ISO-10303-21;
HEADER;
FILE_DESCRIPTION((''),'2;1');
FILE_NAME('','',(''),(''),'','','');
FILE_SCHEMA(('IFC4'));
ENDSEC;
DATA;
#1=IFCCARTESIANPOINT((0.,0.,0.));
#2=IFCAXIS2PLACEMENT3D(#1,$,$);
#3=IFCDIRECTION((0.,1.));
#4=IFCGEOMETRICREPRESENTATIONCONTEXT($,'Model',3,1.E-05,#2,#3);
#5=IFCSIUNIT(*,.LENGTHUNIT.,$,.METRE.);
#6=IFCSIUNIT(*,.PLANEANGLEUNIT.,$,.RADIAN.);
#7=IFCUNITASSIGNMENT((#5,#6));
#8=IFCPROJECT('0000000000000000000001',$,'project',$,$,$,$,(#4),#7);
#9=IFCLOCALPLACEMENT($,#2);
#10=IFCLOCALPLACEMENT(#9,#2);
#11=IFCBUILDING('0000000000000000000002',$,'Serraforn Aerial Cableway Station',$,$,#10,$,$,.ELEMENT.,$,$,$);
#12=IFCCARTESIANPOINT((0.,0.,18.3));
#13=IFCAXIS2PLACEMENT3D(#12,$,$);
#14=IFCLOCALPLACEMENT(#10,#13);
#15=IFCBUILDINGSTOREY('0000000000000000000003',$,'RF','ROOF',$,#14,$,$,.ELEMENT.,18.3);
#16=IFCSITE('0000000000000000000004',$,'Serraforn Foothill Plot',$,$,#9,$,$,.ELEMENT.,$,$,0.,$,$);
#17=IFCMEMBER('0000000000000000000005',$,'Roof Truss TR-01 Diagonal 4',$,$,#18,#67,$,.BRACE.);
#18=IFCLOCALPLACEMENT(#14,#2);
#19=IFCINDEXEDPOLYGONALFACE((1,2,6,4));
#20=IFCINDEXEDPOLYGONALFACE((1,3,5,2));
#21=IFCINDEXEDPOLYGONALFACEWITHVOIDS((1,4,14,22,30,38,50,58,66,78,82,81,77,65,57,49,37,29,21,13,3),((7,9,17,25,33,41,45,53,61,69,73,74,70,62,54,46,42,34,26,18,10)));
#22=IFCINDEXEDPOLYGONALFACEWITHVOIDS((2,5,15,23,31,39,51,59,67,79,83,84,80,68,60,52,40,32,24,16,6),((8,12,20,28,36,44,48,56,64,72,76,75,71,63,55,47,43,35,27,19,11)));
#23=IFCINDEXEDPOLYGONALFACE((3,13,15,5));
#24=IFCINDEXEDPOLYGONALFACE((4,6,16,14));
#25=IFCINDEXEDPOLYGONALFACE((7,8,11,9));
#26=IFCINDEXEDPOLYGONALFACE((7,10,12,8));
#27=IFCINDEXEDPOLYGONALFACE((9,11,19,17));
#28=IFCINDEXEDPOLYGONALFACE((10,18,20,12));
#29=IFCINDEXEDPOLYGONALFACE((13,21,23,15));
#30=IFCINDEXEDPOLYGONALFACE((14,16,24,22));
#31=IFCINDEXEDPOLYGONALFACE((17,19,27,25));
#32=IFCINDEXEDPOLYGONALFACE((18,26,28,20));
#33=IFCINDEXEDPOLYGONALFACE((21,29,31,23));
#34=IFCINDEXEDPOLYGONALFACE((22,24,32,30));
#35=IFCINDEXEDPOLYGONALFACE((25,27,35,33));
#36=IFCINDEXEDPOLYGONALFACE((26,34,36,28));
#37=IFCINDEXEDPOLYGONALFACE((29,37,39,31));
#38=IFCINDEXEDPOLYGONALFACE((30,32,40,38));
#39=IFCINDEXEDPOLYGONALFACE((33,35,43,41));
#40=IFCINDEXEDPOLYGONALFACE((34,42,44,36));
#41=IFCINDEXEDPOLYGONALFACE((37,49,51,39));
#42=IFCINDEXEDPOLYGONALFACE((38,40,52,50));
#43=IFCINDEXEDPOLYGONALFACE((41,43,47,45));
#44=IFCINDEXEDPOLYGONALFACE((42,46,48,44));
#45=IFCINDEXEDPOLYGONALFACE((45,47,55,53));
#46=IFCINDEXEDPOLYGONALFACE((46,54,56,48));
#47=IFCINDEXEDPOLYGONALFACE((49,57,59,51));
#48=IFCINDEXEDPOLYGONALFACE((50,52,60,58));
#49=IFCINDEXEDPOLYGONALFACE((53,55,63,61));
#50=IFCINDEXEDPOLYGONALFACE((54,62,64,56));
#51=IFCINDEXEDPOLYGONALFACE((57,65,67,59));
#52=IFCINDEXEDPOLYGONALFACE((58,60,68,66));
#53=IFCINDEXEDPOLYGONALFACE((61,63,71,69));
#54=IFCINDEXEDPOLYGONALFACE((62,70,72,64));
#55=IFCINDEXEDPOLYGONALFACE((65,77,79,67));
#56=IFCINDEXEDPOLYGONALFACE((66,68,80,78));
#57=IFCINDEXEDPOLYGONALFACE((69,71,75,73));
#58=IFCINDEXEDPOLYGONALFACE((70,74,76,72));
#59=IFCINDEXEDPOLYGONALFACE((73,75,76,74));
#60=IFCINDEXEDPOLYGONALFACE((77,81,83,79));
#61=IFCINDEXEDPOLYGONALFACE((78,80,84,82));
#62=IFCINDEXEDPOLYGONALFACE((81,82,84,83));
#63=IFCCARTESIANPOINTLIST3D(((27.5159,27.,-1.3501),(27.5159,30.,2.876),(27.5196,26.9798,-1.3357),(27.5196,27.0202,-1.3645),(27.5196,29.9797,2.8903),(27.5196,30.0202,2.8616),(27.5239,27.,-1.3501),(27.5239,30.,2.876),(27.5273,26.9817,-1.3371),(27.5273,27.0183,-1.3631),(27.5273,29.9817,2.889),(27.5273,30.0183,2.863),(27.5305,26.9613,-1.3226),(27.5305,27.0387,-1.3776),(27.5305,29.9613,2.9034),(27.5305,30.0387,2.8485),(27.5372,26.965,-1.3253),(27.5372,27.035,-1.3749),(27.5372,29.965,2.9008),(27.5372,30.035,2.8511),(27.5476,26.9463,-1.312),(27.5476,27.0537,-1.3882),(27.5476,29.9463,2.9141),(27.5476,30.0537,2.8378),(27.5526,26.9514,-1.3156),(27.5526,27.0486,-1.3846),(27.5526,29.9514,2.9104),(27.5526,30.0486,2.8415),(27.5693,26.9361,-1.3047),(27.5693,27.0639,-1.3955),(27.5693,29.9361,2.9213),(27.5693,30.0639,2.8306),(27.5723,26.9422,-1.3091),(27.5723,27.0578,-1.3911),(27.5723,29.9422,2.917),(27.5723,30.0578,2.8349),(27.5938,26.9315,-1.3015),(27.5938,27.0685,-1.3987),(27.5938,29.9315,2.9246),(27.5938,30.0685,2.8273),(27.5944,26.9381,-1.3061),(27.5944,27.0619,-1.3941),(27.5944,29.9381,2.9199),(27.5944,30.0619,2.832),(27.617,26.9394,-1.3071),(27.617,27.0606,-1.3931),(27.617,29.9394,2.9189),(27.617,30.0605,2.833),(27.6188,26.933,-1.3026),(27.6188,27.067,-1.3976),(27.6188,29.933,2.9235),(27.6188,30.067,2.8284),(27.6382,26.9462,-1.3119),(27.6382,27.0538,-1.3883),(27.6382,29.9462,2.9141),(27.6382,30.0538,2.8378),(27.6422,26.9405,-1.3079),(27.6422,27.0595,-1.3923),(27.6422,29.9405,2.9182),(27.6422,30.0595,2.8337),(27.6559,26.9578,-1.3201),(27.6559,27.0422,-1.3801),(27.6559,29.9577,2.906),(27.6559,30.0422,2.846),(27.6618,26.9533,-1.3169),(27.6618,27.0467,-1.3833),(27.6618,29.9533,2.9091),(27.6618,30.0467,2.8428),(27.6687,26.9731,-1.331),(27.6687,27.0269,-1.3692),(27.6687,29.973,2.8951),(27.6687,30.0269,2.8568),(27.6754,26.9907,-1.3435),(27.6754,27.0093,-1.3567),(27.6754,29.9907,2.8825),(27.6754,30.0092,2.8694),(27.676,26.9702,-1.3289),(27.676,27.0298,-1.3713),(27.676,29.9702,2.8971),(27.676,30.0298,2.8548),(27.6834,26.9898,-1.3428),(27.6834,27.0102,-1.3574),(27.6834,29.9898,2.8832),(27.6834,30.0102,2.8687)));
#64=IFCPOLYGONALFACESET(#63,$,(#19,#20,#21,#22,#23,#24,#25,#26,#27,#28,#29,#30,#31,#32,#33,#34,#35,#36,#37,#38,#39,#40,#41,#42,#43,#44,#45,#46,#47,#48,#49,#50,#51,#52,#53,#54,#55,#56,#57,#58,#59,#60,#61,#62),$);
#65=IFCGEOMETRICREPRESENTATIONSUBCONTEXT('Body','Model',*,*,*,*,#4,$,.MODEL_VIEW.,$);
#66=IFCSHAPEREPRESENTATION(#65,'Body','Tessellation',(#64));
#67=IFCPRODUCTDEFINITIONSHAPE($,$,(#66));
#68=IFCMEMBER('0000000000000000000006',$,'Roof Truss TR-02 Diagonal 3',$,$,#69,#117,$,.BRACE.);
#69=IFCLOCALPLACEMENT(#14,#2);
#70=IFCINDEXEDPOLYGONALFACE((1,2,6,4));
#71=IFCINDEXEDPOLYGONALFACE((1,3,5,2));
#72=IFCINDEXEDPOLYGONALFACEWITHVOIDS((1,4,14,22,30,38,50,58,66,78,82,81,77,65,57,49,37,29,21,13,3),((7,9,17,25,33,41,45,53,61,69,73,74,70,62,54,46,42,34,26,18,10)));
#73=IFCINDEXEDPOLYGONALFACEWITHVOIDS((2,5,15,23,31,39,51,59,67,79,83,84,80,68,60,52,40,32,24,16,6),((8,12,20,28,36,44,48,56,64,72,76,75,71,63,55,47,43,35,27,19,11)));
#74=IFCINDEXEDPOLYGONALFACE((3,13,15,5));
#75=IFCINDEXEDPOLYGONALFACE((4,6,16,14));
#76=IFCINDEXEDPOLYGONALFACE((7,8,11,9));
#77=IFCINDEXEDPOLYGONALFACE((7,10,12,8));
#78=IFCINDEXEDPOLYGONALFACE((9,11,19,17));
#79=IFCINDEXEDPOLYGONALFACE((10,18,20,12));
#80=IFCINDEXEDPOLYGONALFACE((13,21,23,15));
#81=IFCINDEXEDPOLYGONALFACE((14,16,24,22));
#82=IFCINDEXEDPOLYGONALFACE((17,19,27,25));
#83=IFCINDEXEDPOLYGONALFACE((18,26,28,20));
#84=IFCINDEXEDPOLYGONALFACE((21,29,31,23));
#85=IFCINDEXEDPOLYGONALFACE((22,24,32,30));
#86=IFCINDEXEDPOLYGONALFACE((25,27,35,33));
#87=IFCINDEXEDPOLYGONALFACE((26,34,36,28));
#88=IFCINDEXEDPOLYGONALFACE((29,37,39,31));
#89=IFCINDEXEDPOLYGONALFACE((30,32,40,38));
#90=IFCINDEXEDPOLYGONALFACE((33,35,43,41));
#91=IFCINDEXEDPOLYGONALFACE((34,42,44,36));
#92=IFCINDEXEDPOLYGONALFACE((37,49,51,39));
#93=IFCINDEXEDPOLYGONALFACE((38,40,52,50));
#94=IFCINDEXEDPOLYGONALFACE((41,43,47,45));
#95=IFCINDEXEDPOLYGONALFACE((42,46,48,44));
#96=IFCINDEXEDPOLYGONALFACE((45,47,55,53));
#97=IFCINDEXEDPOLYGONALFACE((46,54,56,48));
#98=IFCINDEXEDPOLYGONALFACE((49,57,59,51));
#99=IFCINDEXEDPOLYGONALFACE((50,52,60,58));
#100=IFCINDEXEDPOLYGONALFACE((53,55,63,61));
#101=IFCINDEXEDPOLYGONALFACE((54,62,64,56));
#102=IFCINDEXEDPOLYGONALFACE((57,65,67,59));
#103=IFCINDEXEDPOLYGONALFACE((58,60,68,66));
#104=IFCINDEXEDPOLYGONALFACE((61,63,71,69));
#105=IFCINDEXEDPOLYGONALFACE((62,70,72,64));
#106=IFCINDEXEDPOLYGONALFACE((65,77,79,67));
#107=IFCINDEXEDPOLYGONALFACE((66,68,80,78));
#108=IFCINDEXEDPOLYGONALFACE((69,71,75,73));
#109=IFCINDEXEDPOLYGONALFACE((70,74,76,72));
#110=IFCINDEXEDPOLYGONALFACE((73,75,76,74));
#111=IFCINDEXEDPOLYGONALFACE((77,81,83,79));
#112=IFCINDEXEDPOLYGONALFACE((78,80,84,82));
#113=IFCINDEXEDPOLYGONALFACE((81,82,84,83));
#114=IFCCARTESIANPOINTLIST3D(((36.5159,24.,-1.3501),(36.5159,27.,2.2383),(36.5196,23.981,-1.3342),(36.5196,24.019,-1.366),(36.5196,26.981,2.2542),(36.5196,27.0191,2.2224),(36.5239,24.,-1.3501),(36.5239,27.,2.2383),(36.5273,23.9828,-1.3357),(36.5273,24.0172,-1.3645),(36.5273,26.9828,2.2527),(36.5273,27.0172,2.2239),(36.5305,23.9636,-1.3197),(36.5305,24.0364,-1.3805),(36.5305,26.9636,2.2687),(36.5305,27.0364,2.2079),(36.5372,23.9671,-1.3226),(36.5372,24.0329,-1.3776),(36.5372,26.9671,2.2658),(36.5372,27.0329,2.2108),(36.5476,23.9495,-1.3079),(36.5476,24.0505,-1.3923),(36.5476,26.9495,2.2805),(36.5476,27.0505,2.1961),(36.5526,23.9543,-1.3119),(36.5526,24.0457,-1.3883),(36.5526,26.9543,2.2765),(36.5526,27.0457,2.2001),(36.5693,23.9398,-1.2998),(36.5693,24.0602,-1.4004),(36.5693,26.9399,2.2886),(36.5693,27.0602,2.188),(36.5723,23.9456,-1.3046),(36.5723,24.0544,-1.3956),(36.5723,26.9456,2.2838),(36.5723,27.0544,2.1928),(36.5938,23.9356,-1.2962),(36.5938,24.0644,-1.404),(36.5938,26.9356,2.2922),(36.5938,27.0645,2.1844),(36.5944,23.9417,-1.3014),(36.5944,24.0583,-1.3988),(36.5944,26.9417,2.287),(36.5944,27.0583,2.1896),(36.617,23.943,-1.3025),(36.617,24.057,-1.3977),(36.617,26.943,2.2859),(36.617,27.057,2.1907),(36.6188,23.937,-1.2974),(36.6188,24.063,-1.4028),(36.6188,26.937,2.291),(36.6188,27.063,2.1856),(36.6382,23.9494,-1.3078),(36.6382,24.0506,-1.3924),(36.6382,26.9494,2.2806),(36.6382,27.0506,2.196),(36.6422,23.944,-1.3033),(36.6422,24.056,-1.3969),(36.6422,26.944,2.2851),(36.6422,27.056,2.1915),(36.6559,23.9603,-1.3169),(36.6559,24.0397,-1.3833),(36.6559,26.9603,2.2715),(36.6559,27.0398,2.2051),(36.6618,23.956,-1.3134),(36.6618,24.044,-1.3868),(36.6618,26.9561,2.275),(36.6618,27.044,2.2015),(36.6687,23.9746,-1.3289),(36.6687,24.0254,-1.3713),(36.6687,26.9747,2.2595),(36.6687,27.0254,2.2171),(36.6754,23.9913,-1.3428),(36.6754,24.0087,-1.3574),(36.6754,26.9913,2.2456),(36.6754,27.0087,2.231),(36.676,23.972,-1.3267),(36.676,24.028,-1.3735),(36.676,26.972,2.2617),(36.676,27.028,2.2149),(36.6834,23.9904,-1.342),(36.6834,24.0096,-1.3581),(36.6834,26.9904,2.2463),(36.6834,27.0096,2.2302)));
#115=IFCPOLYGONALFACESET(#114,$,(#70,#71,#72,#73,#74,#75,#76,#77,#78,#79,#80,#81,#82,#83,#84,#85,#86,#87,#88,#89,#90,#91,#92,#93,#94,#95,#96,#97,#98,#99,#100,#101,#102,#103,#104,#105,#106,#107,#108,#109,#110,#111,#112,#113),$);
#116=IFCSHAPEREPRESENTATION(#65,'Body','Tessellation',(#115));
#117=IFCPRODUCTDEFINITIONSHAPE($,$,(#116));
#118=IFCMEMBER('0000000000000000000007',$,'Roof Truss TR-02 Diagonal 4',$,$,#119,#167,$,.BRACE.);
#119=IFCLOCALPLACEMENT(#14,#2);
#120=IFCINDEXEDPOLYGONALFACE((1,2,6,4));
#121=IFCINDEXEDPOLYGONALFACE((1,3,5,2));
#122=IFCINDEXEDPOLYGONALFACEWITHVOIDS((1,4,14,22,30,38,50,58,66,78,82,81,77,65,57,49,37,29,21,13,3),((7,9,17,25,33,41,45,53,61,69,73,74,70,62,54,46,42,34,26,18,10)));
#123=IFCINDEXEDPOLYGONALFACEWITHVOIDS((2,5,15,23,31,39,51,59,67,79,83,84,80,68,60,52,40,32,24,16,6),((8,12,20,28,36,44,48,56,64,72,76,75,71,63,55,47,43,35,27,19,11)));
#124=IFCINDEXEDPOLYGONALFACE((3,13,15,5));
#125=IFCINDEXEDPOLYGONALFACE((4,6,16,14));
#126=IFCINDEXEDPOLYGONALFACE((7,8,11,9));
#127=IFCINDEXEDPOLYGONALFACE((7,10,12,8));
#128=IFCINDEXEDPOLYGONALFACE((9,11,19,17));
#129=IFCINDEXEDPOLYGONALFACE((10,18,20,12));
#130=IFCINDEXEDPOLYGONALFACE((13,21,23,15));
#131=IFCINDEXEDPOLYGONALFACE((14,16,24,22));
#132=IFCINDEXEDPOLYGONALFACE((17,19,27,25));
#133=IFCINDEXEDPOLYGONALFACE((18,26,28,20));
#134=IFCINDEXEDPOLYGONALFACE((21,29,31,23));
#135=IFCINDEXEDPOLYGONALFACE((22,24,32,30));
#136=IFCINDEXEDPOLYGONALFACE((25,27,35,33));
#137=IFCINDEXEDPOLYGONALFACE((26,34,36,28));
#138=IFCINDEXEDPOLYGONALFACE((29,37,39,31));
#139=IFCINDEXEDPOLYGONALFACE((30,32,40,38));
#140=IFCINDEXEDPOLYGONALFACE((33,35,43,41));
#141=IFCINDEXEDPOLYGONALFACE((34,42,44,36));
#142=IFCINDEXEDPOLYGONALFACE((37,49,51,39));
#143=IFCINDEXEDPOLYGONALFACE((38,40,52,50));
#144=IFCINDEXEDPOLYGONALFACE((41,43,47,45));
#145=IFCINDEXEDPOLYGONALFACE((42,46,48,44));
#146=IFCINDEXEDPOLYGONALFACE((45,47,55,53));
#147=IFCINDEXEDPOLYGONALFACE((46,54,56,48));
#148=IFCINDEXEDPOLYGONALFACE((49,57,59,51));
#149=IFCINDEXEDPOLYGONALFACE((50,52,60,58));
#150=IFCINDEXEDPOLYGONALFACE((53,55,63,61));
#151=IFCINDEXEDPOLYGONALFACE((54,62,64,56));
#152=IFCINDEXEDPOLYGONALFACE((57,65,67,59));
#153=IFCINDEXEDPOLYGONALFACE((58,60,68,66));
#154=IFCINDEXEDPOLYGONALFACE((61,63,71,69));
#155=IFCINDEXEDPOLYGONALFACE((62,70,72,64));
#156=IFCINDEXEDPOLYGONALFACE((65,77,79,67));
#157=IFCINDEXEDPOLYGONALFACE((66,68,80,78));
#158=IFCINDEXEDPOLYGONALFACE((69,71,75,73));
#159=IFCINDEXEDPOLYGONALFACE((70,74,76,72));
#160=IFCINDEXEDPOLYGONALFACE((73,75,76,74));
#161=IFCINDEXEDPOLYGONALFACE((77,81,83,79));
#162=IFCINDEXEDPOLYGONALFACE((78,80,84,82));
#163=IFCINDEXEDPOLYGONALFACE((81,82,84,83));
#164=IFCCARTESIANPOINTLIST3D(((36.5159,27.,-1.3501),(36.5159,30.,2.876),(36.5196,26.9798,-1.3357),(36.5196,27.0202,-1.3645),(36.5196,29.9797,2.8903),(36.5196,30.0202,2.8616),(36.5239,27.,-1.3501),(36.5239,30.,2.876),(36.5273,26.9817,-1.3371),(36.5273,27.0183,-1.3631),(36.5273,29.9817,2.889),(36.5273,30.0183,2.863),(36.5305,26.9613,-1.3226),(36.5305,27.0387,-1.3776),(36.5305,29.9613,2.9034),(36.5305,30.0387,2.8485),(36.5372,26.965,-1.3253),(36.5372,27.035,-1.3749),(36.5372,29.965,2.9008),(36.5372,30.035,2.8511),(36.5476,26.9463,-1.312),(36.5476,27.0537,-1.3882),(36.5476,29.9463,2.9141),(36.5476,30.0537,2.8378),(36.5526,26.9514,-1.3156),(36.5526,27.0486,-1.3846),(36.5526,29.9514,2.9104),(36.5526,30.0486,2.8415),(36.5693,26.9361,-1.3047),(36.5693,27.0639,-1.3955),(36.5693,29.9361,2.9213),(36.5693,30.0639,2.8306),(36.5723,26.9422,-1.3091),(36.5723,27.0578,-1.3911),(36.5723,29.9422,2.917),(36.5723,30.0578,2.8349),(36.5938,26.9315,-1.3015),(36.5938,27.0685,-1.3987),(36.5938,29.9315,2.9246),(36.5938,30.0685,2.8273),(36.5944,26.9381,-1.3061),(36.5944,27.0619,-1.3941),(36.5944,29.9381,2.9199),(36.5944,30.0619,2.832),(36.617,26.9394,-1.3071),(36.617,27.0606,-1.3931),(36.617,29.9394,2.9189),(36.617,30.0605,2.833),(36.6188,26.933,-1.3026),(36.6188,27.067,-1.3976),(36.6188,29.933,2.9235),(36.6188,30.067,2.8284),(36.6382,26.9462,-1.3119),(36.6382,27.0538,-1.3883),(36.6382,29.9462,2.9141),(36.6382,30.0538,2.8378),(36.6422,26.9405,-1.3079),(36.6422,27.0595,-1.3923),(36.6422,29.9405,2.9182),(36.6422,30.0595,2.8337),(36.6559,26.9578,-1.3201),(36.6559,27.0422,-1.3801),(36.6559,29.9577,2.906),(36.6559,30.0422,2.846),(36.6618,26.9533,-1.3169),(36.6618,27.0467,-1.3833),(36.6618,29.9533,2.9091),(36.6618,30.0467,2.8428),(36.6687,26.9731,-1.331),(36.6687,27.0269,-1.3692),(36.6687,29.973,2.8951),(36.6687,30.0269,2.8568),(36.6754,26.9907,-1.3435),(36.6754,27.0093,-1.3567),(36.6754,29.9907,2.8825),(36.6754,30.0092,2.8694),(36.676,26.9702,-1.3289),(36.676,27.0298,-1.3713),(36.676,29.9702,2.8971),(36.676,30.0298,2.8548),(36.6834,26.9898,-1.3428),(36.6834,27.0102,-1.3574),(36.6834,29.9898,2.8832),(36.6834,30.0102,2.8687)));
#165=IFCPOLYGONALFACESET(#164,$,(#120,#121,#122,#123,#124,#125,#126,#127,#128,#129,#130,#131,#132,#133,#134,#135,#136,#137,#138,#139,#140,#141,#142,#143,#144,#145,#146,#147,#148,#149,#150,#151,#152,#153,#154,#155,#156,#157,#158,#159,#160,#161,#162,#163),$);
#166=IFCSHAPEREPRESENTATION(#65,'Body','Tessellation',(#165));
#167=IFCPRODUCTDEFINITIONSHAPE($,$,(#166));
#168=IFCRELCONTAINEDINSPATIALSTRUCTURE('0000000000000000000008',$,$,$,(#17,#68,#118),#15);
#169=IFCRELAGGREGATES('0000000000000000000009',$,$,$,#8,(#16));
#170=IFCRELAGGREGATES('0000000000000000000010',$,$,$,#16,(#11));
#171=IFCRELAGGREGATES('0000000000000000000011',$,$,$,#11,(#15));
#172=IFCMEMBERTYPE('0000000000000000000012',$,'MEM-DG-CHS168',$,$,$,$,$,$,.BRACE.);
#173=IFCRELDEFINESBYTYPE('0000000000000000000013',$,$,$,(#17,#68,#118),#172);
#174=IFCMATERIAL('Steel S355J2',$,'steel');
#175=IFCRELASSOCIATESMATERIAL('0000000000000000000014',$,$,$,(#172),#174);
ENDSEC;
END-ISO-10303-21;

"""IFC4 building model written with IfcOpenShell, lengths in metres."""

from ifc_helpers import new_model, si_unit, direction, frame, origin, origin_2d, place, context, subcontext, project, spatial, hollow_circle, extrude, material, material_profile, profile_set, type_object, element, save


model = new_model("IFC4")

# Units and contexts
model_context = context("Model", 3, precision=1e-05, world=origin(), true_north=direction((0.0, 1.0)))
body_context = subcontext(model_context, "Body", "Model", "MODEL_VIEW")
ifc_project = project(units=[si_unit("LENGTHUNIT", "METRE"), si_unit("PLANEANGLEUNIT", "RADIAN")], contexts=[model_context])

# Site, building, storey
site_placement = place(None, origin())
site = spatial("IfcSite", under=ifc_project, at=site_placement, Name="Serraforn Foothill Plot", CompositionType="ELEMENT", RefElevation=0.0)
building_placement = place(site_placement, origin())
building = spatial("IfcBuilding", under=site, at=building_placement, Name="Serraforn Aerial Cableway Station", CompositionType="ELEMENT")
storey_placement = place(building_placement, frame((0.0, 0.0, 18.3)))
storey = spatial("IfcBuildingStorey", under=building, at=storey_placement, Name="RF", Description="ROOF", CompositionType="ELEMENT", Elevation=18.3)

# Members
ifc_material_1 = material(Name="Steel S355J2", Category="steel")
ifc_material_profile_1 = material_profile(ifc_material_1, hollow_circle(Radius=0.0842, WallThickness=0.0081, at=origin_2d()), Name="CHS 168.3x8.0")
ifc_profile_set_1 = profile_set([ifc_material_profile_1], Name="Steel S355J2")
member_type_1 = type_object("IfcMemberType", Name="MEM-DG-CHS168", PredefinedType="BRACE", material=ifc_profile_set_1)
member_1_placement = place(storey_placement, frame((27.6001, 27.0, -1.3501), z_axis=(0.0, 0.578856, 0.81543), x_axis=(-1.0, 0.0, 0.0)))
element("IfcMember", 1, at=member_1_placement, inside=storey, type_object=member_type_1, Name="Roof Truss TR-01 Diagonal 4", PredefinedType="BRACE", context=body_context, shape_type="SweptSolid", body=[
    extrude(hollow_circle(Radius=0.0842, WallThickness=0.0081, at=origin_2d()), origin(), (0.0, 0.0, 1.0), 5.1826),
])
member_2_placement = place(storey_placement, frame((36.6001, 24.0, -1.3501), z_axis=(0.0, 0.641406, 0.767202), x_axis=(-1.0, 0.0, 0.0)))
element("IfcMember", 2, at=member_2_placement, inside=storey, type_object=member_type_1, Name="Roof Truss TR-02 Diagonal 3", PredefinedType="BRACE", context=body_context, shape_type="SweptSolid", body=[
    extrude(hollow_circle(Radius=0.0842, WallThickness=0.0081, at=origin_2d()), origin(), (0.0, 0.0, 1.0), 4.6772),
])
member_3_placement = place(storey_placement, frame((36.6001, 27.0, -1.3501), z_axis=(0.0, 0.578856, 0.81543), x_axis=(-1.0, 0.0, 0.0)))
element("IfcMember", 3, at=member_3_placement, inside=storey, type_object=member_type_1, Name="Roof Truss TR-02 Diagonal 4", PredefinedType="BRACE", context=body_context, shape_type="SweptSolid", body=[
    extrude(hollow_circle(Radius=0.0842, WallThickness=0.0081, at=origin_2d()), origin(), (0.0, 0.0, 1.0), 5.1826),
])

save(model, "model.ifc")
